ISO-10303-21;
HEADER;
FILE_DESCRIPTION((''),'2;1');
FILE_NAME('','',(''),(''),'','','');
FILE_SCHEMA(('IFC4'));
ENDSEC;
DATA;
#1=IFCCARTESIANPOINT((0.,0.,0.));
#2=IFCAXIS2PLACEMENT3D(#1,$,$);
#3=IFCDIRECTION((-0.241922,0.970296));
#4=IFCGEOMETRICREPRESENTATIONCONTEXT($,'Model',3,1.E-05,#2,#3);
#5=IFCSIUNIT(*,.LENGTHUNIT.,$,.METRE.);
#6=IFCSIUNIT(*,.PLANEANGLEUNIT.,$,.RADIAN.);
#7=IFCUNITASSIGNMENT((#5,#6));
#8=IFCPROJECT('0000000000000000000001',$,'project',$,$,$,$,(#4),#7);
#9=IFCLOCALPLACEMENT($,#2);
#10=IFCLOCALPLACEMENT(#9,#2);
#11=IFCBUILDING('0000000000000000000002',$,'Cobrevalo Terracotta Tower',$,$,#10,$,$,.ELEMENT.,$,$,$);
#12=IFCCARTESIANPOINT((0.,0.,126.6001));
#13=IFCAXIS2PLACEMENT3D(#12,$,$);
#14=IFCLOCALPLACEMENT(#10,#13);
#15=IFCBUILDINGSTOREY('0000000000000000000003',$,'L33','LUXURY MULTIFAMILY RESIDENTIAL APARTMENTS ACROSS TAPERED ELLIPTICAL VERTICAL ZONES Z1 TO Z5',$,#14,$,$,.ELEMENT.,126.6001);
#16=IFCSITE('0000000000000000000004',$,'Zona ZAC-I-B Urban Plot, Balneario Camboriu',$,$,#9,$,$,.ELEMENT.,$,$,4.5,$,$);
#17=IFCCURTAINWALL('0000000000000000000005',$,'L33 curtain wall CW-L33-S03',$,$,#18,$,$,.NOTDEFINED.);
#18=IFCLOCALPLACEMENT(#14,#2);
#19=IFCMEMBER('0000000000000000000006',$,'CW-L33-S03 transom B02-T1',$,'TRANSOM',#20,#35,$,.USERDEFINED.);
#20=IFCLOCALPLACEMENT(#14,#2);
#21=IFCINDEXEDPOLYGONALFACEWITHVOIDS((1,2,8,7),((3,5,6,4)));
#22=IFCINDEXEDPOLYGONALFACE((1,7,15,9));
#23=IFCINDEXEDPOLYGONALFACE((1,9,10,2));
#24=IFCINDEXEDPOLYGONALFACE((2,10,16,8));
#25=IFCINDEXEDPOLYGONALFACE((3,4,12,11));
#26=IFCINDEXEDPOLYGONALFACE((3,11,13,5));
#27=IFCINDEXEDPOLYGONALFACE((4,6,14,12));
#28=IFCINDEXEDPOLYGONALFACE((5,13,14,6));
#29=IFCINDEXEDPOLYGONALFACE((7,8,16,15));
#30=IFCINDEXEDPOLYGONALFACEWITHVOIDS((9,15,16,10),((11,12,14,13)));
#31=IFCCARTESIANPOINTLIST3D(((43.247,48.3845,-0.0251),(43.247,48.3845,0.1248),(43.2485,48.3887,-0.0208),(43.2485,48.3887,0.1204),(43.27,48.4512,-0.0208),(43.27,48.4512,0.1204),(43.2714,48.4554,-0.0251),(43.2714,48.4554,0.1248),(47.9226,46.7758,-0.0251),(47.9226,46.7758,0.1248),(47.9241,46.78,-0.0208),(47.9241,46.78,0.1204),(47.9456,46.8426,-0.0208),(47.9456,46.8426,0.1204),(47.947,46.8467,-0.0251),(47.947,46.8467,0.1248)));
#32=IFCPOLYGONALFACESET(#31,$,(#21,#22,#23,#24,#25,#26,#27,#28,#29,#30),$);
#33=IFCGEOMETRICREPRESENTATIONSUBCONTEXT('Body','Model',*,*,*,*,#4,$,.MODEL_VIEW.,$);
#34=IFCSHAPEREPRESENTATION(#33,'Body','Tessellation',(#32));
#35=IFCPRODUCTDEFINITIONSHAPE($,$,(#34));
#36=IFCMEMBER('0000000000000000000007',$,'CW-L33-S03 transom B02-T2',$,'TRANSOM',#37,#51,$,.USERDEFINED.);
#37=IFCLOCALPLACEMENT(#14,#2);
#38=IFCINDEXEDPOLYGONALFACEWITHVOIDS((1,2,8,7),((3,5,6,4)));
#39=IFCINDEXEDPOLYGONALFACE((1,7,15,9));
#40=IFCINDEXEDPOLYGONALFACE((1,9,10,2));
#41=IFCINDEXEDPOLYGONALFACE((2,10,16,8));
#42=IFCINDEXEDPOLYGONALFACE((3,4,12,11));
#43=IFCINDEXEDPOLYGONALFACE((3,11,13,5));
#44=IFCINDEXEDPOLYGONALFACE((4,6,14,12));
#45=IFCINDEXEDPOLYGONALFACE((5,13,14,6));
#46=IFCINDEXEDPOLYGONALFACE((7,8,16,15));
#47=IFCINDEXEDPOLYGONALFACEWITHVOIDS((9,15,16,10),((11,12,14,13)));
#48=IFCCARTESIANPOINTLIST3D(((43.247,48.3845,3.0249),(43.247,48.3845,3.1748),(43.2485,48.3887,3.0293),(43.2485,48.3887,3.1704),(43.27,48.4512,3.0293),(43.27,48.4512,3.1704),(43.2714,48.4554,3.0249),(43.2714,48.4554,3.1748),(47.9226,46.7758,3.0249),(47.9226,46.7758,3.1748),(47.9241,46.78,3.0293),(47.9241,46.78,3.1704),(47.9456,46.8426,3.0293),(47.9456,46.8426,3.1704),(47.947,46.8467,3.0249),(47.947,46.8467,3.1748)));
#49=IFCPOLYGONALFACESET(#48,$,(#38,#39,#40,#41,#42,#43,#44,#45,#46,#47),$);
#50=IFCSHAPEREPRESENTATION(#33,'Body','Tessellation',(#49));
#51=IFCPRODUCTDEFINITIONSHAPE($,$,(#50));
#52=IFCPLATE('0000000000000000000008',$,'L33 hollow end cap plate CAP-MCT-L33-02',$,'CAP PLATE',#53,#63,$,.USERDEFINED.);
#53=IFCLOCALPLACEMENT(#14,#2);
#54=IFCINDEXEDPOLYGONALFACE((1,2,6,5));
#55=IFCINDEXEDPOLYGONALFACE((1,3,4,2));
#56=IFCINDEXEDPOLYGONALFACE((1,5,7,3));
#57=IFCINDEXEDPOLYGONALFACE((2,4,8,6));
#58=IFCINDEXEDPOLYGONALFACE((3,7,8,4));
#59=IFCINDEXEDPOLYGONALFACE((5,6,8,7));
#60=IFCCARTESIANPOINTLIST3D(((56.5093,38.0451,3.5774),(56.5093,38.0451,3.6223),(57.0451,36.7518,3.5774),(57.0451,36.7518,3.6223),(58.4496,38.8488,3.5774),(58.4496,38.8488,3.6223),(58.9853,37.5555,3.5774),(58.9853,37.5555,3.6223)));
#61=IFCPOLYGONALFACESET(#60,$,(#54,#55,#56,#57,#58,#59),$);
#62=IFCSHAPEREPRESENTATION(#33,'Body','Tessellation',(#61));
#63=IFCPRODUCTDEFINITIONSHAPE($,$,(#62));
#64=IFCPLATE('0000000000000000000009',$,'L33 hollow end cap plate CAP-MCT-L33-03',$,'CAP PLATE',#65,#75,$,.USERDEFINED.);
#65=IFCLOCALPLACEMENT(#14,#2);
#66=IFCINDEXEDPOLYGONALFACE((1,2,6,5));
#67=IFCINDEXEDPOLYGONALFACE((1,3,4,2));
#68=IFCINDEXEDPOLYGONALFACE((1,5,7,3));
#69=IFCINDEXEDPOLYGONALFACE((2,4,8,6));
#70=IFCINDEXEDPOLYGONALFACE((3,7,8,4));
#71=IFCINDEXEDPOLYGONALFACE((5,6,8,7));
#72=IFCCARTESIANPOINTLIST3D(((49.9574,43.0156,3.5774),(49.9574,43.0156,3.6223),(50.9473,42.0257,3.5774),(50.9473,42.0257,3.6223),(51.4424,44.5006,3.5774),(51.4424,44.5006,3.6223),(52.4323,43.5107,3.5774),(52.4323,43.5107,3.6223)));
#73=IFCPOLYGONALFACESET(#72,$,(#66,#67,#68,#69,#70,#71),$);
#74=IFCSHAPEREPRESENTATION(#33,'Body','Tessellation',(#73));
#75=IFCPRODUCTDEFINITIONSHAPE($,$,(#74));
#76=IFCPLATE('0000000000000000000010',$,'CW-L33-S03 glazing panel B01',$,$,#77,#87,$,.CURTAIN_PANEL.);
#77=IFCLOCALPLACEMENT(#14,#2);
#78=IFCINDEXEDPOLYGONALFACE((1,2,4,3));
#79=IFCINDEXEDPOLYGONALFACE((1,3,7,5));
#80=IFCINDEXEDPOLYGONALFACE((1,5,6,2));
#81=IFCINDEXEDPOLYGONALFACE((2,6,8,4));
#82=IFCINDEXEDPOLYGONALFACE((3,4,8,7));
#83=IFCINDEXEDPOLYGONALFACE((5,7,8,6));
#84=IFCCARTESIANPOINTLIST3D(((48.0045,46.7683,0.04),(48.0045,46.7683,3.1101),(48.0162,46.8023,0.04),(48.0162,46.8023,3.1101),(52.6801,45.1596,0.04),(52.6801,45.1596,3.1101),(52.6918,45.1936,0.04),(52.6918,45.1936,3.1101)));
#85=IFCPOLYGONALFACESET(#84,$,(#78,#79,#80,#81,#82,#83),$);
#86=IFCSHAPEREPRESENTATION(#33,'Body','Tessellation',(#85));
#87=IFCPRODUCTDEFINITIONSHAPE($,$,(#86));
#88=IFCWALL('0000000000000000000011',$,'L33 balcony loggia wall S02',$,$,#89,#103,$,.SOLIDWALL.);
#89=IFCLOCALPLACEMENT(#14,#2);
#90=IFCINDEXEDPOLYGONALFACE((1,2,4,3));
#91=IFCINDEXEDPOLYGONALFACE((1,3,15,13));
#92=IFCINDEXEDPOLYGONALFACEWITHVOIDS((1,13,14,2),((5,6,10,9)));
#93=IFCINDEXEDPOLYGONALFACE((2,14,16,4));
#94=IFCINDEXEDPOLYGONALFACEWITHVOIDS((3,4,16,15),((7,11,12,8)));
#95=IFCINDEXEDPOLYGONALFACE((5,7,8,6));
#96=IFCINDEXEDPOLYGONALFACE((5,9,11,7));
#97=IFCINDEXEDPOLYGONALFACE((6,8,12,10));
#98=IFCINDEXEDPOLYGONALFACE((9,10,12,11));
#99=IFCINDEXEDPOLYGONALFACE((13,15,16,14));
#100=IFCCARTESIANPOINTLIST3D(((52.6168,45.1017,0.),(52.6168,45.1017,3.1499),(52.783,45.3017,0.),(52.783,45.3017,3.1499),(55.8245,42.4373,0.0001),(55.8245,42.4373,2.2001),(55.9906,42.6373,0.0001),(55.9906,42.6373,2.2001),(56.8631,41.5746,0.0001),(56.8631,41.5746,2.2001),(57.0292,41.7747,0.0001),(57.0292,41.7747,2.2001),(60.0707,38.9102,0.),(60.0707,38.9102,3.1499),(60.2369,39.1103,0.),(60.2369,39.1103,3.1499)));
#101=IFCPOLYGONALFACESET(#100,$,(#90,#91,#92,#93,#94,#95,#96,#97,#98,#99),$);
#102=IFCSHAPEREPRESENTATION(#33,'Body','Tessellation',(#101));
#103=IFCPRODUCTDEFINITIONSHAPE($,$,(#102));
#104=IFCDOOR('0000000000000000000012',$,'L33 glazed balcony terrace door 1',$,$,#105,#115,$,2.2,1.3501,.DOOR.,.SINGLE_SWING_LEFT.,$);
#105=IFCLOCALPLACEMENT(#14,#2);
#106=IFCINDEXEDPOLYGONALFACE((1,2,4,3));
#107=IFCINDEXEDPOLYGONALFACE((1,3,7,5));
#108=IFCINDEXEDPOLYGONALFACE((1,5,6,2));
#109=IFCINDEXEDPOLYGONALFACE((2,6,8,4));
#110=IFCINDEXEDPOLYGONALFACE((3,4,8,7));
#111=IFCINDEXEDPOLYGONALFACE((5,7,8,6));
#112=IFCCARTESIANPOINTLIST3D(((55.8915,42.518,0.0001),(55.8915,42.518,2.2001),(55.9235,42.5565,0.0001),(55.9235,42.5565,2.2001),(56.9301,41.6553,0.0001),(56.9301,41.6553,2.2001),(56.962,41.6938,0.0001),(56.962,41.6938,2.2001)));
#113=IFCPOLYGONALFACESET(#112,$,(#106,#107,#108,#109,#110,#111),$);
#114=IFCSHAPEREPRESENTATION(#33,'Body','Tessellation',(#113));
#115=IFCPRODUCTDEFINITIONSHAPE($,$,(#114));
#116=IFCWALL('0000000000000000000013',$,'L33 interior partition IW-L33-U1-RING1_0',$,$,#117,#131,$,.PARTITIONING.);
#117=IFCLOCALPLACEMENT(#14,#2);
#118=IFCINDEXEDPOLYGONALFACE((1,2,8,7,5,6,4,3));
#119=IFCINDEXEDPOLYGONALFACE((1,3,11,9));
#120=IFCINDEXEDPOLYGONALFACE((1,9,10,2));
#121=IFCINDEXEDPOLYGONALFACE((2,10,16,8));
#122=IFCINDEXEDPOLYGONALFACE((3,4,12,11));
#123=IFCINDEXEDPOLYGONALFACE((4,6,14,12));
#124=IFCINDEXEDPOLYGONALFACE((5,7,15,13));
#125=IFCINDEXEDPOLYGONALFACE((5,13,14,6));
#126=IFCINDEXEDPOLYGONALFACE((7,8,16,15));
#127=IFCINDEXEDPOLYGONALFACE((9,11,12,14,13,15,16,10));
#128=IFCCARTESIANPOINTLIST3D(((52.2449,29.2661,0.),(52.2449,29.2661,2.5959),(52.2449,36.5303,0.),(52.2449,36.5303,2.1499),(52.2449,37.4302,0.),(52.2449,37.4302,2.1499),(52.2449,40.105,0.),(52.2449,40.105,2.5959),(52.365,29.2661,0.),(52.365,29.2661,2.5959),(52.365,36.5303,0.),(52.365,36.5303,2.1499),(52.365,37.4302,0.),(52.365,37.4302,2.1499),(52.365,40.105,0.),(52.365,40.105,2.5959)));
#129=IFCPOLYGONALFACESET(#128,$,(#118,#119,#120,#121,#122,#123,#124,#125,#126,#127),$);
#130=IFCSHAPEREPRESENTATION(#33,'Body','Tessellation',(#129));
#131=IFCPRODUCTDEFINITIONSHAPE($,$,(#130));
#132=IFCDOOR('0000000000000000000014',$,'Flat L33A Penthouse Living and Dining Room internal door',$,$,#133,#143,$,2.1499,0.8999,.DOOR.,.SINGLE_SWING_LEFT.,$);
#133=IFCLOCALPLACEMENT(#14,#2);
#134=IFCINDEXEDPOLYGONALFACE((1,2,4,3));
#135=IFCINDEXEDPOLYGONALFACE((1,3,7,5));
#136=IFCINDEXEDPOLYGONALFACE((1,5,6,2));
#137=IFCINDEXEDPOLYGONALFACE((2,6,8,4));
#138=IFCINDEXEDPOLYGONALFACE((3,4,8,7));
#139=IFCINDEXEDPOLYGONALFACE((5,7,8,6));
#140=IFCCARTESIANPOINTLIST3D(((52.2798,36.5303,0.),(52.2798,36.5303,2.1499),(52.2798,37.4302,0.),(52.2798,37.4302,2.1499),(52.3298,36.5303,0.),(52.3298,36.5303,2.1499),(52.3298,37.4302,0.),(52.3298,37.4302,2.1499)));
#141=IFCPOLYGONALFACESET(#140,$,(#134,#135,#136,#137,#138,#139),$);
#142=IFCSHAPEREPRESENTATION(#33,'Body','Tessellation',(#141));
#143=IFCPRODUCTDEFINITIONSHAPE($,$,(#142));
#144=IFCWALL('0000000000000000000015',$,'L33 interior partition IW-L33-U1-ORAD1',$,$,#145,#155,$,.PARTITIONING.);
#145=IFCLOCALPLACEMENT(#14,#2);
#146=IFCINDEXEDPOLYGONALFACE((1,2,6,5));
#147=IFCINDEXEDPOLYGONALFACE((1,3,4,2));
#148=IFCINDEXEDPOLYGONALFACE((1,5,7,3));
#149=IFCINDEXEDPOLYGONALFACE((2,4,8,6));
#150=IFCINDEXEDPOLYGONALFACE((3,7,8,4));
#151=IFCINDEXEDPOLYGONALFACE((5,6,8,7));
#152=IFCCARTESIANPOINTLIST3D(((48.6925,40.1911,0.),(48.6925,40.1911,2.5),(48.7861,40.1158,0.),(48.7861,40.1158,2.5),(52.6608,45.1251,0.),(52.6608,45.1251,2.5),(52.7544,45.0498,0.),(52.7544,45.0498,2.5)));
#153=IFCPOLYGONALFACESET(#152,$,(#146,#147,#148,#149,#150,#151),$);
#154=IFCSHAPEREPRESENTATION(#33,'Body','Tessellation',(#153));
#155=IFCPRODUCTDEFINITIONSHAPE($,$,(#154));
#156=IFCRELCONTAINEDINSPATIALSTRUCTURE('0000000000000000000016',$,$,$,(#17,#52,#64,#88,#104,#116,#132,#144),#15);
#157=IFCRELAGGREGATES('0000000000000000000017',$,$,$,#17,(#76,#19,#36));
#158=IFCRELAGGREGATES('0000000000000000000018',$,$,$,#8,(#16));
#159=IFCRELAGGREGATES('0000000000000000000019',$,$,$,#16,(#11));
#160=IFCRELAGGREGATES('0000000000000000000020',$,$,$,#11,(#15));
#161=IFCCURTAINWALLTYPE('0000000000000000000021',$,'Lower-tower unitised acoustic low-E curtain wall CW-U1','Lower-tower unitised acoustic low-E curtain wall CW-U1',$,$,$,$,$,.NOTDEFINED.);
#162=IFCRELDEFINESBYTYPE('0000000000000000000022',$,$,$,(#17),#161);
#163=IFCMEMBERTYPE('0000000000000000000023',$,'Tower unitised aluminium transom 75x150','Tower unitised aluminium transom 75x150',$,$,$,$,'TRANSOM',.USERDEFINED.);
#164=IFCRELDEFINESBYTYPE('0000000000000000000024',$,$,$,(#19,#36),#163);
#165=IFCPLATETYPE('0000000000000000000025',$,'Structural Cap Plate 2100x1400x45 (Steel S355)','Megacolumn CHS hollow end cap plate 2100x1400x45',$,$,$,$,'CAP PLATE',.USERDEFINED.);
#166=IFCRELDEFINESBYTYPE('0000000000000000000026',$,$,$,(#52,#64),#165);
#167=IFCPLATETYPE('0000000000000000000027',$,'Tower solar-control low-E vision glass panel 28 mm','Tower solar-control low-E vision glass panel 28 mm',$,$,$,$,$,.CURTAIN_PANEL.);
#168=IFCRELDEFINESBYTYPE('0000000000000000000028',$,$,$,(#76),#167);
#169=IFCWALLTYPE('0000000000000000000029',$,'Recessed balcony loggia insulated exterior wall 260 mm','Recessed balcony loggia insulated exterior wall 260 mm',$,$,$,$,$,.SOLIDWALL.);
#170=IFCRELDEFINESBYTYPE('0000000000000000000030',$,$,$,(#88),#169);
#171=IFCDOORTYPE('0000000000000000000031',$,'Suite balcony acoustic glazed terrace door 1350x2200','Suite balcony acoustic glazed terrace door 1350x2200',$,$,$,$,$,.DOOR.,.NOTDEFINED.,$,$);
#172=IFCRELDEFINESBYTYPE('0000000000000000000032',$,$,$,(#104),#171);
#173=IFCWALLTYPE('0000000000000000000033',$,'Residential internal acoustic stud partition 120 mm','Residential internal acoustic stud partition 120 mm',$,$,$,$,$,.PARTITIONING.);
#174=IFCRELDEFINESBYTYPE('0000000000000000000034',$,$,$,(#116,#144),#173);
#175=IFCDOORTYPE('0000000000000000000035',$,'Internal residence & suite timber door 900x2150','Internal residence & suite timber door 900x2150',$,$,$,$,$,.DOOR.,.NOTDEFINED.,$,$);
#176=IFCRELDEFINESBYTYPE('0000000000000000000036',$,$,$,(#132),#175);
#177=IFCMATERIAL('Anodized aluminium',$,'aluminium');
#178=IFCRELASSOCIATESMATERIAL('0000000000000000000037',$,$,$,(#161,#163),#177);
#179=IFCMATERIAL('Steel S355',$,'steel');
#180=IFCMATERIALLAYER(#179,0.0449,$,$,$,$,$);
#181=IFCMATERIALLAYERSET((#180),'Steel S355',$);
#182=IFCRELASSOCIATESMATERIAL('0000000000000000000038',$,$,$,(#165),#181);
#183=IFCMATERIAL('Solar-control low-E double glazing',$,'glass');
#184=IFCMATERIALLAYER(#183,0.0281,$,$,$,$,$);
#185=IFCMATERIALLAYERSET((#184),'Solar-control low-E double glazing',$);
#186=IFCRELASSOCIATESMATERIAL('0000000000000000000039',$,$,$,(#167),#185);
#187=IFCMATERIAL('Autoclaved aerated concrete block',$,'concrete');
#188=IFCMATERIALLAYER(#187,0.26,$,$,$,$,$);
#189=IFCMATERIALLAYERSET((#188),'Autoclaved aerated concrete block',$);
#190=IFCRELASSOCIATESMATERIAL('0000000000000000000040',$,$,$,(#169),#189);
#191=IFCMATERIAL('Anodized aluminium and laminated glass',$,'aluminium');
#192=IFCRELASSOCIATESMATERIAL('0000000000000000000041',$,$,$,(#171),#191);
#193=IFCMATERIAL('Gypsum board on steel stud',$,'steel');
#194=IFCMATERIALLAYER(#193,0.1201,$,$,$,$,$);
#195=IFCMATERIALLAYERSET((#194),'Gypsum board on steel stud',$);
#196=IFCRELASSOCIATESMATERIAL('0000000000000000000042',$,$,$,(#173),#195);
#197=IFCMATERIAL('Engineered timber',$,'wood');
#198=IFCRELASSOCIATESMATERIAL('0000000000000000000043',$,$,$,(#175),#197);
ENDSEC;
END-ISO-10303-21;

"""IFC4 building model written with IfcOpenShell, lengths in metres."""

from ifc_helpers import new_model, si_unit, direction, frame, frame_2d, origin, origin_2d, place, context, subcontext, project, spatial, rectangle, hollow_rectangle, extrude, source, transform, mapped, material, layer, layer_set, material_profile, profile_set, type_object, element, fill, aggregate, save


model = new_model("IFC4")

# Units and contexts
model_context = context("Model", 3, precision=1e-05, world=origin(), true_north=direction((-0.241922, 0.970296)))
body_context = subcontext(model_context, "Body", "Model", "MODEL_VIEW")
ifc_project = project(units=[si_unit("LENGTHUNIT", "METRE"), si_unit("PLANEANGLEUNIT", "RADIAN")], contexts=[model_context])

# Site, building, storey
site_placement = place(None, origin())
site = spatial("IfcSite", under=ifc_project, at=site_placement, Name="Zona ZAC-I-B Urban Plot, Balneario Camboriu", CompositionType="ELEMENT", RefElevation=4.5)
building_placement = place(site_placement, origin())
building = spatial("IfcBuilding", under=site, at=building_placement, Name="Cobrevalo Terracotta Tower", CompositionType="ELEMENT")
storey_placement = place(building_placement, frame((0.0, 0.0, 126.6001)))
storey = spatial("IfcBuildingStorey", under=building, at=storey_placement, Name="L33", Description="LUXURY MULTIFAMILY RESIDENTIAL APARTMENTS ACROSS TAPERED ELLIPTICAL VERTICAL ZONES Z1 TO Z5", CompositionType="ELEMENT", Elevation=126.6001)

# Shared definitions
ifc_material_1 = material(Name="Steel S355", Category="steel")

# Curtain wall, members
ifc_material_2 = material(Name="Anodized aluminium", Category="aluminium")
curtain_wall_type = type_object("IfcCurtainWallType", Name="Lower-tower unitised acoustic low-E curtain wall CW-U1", Description="Lower-tower unitised acoustic low-E curtain wall CW-U1", PredefinedType="NOTDEFINED", material=ifc_material_2)
curtain_wall_placement = place(storey_placement, origin())
curtain_wall = element("IfcCurtainWall", 1, at=curtain_wall_placement, inside=storey, type_object=curtain_wall_type, Name="L33 curtain wall CW-L33-S03", PredefinedType="NOTDEFINED")
ifc_material_profile_1 = material_profile(ifc_material_2, hollow_rectangle(XDim=0.075, YDim=0.1499, WallThickness=0.0044, at=origin_2d()), Name="CWT 75x150")
ifc_profile_set_1 = profile_set([ifc_material_profile_1], Name="Anodized aluminium")
member_type_1 = type_object("IfcMemberType", Name="Tower unitised aluminium transom 75x150", Description="Tower unitised aluminium transom 75x150", ElementType="TRANSOM", PredefinedType="USERDEFINED", material=ifc_profile_set_1)
shared_shape_1 = source(origin(), body_context, "Body", "SweptSolid", [
    extrude(hollow_rectangle(XDim=0.075, YDim=0.1499, WallThickness=0.0044, at=origin_2d()), origin(), (0.0, 0.0, 1.0), 4.9446),
])
member_1_placement = place(storey_placement, frame((47.9348, 46.8113, 0.0498), z_axis=(-0.945598, 0.325338, 0.0), x_axis=(-0.325338, -0.945598, 0.0)))
member_1 = element("IfcMember", 2, at=member_1_placement, type_object=member_type_1, Name="CW-L33-S03 transom B02-T1", ObjectType="TRANSOM", PredefinedType="USERDEFINED", context=body_context, shape_type="MappedRepresentation", body=[
    mapped(shared_shape_1, transform((0.0, 0.0, 0.0), scale=1.0)),
])
member_2_placement = place(storey_placement, frame((47.9348, 46.8113, 3.0999), z_axis=(-0.945598, 0.325338, 0.0), x_axis=(-0.325338, -0.945598, 0.0)))
member_2 = element("IfcMember", 3, at=member_2_placement, type_object=member_type_1, Name="CW-L33-S03 transom B02-T2", ObjectType="TRANSOM", PredefinedType="USERDEFINED", context=body_context, shape_type="MappedRepresentation", body=[
    mapped(shared_shape_1, transform((0.0, 0.0, 0.0), scale=1.0)),
])

# Plates
ifc_layer_1 = layer(ifc_material_1, 0.0449)
ifc_layer_set_1 = layer_set([ifc_layer_1], Name="Steel S355")
plate_type_1 = type_object("IfcPlateType", Name="Structural Cap Plate 2100x1400x45 (Steel S355)", Description="Megacolumn CHS hollow end cap plate 2100x1400x45", ElementType="CAP PLATE", PredefinedType="USERDEFINED", material=ifc_layer_set_1)
shared_shape_2 = source(origin(), body_context, "Body", "SweptSolid", [
    extrude(rectangle(XDim=2.1001, YDim=1.3999, at=origin_2d()), origin(), (0.0, 0.0, 1.0), 0.0449),
])
for number, where, z_axis, x_axis, name in (
    (4, (57.7473, 37.8003, 3.5774), (0.0, 0.0, 1.0), (0.92388, 0.382683, 0.0), "L33 hollow end cap plate CAP-MCT-L33-02"),
    (5, (51.1948, 43.2632, 3.5774), (0.0, 0.0, 1.0), (0.707107, 0.707107, 0.0), "L33 hollow end cap plate CAP-MCT-L33-03"),
):
    element("IfcPlate", number, at=place(storey_placement, frame(where, z_axis=z_axis, x_axis=x_axis)), inside=storey, type_object=plate_type_1, Name=name, ObjectType="CAP PLATE", PredefinedType="USERDEFINED", context=body_context, shape_type="MappedRepresentation", body=[
        mapped(shared_shape_2, transform((0.0, 0.0, 0.0), scale=1.0)),
    ])

# Plate
ifc_material_3 = material(Name="Solar-control low-E double glazing", Category="glass")
ifc_layer_2 = layer(ifc_material_3, 0.0281)
ifc_layer_set_2 = layer_set([ifc_layer_2], Name="Solar-control low-E double glazing")
plate_type_2 = type_object("IfcPlateType", Name="Tower solar-control low-E vision glass panel 28 mm", Description="Tower solar-control low-E vision glass panel 28 mm", PredefinedType="CURTAIN_PANEL", material=ifc_layer_set_2)
shared_shape_3 = source(origin(), body_context, "Body", "SweptSolid", [
    extrude(rectangle(XDim=4.9446, YDim=0.0359, at=origin_2d()), origin(), (0.0, 0.0, 1.0), 3.0701),
])
plate_placement = place(storey_placement, frame((50.3481, 45.981, 0.04), z_axis=(0.0, 0.0, 1.0), x_axis=(-0.945596, 0.325342, 0.0)))
plate = element("IfcPlate", 6, at=plate_placement, type_object=plate_type_2, Name="CW-L33-S03 glazing panel B01", PredefinedType="CURTAIN_PANEL", context=body_context, shape_type="MappedRepresentation", body=[
    mapped(shared_shape_3, transform((0.0, 0.0, 0.0), scale=1.0)),
])
aggregate(curtain_wall, [plate, member_1, member_2])

# Walls, openings, doors
ifc_material_4 = material(Name="Autoclaved aerated concrete block", Category="concrete")
ifc_layer_3 = layer(ifc_material_4, 0.26)
ifc_layer_set_3 = layer_set([ifc_layer_3], Name="Autoclaved aerated concrete block")
wall_type_1 = type_object("IfcWallType", Name="Recessed balcony loggia insulated exterior wall 260 mm", Description="Recessed balcony loggia insulated exterior wall 260 mm", PredefinedType="SOLIDWALL", material=ifc_layer_set_3)
wall_1_placement = place(storey_placement, frame((60.1538, 39.0103, 0.0), z_axis=(0.0, 0.0, 1.0), x_axis=(-0.769243, 0.638957, 0.0)))
wall_1 = element("IfcWall", 7, at=wall_1_placement, inside=storey, type_object=wall_type_1, Name="L33 balcony loggia wall S02", PredefinedType="SOLIDWALL", context=body_context, shape_type="SweptSolid", body=[
    extrude(rectangle(XDim=9.6899, YDim=0.26, at=frame_2d((4.845, 0.0))), origin(), (0.0, 0.0, 1.0), 3.1499),
])
opening_1_placement = place(wall_1_placement, frame((4.1699, 0.0, 0.0)))
opening_1 = element("IfcOpeningElement", 8, at=opening_1_placement, cuts=wall_1, PredefinedType="OPENING", context=body_context, shape_type="SweptSolid", body=[
    extrude(rectangle(XDim=1.3501, YDim=2.2, at=frame_2d((0.675, 1.1001))), frame((0.0, 0.1401, 0.0), z_axis=(0.0, -1.0, 0.0), x_axis=(1.0, 0.0, 0.0)), (0.0, 0.0, 1.0), 0.28),
])
ifc_material_5 = material(Name="Anodized aluminium and laminated glass", Category="aluminium")
door_type_1 = type_object("IfcDoorType", Name="Suite balcony acoustic glazed terrace door 1350x2200", Description="Suite balcony acoustic glazed terrace door 1350x2200", OperationType="NOTDEFINED", PredefinedType="DOOR", material=ifc_material_5)
shared_shape_4 = source(origin(), body_context, "Body", "SweptSolid", [
    extrude(rectangle(XDim=1.3501, YDim=2.2, at=frame_2d((0.675, 1.1001))), frame((0.0, 0.0249, 0.0), z_axis=(0.0, -1.0, 0.0), x_axis=(1.0, 0.0, 0.0)), (0.0, 0.0, 1.0), 0.05),
])
door_1_placement = place(opening_1_placement, frame((1.3501, 0.0, 0.0), z_axis=(0.0, 0.0, 1.0), x_axis=(-1.0, 0.0, 0.0)))
door_1 = element("IfcDoor", 9, at=door_1_placement, inside=storey, type_object=door_type_1, Name="L33 glazed balcony terrace door 1", OperationType="SINGLE_SWING_LEFT", OverallHeight=2.2, OverallWidth=1.3501, PredefinedType="DOOR", context=body_context, shape_type="MappedRepresentation", body=[
    mapped(shared_shape_4, transform((0.0, 0.0, 0.0), scale=1.0)),
])
fill(opening_1, door_1)
ifc_material_6 = material(Name="Gypsum board on steel stud", Category="steel")
ifc_layer_4 = layer(ifc_material_6, 0.1201)
ifc_layer_set_4 = layer_set([ifc_layer_4], Name="Gypsum board on steel stud")
wall_type_2 = type_object("IfcWallType", Name="Residential internal acoustic stud partition 120 mm", Description="Residential internal acoustic stud partition 120 mm", PredefinedType="PARTITIONING", material=ifc_layer_set_4)
wall_2_placement = place(storey_placement, frame((52.3049, 40.105, 0.0), z_axis=(0.0, 0.0, 1.0), x_axis=(0.0, -1.0, 0.0)))
wall_2 = element("IfcWall", 10, at=wall_2_placement, inside=storey, type_object=wall_type_2, Name="L33 interior partition IW-L33-U1-RING1_0", PredefinedType="PARTITIONING", context=body_context, shape_type="SweptSolid", body=[
    extrude(rectangle(XDim=10.8389, YDim=0.1201, at=frame_2d((5.4194, 0.0))), origin(), (0.0, 0.0, 1.0), 2.5959),
])
opening_2_placement = place(wall_2_placement, frame((2.6748, 0.0, 0.0)))
opening_2 = element("IfcOpeningElement", 11, at=opening_2_placement, cuts=wall_2, PredefinedType="OPENING", context=body_context, shape_type="SweptSolid", body=[
    extrude(rectangle(XDim=0.8999, YDim=2.1499, at=frame_2d((0.45, 1.075))), frame((0.0, 0.0701, 0.0), z_axis=(0.0, -1.0, 0.0), x_axis=(1.0, 0.0, 0.0)), (0.0, 0.0, 1.0), 0.1401),
])
ifc_material_7 = material(Name="Engineered timber", Category="wood")
door_type_2 = type_object("IfcDoorType", Name="Internal residence & suite timber door 900x2150", Description="Internal residence & suite timber door 900x2150", OperationType="NOTDEFINED", PredefinedType="DOOR", material=ifc_material_7)
shared_shape_5 = source(origin(), body_context, "Body", "SweptSolid", [
    extrude(rectangle(XDim=0.8999, YDim=2.1499, at=frame_2d((0.45, 1.075))), frame((0.0, 0.0249, 0.0), z_axis=(0.0, -1.0, 0.0), x_axis=(1.0, 0.0, 0.0)), (0.0, 0.0, 1.0), 0.05),
])
door_2_placement = place(opening_2_placement, origin())
door_2 = element("IfcDoor", 12, at=door_2_placement, inside=storey, type_object=door_type_2, Name="Flat L33A Penthouse Living and Dining Room internal door", OperationType="SINGLE_SWING_LEFT", OverallHeight=2.1499, OverallWidth=0.8999, PredefinedType="DOOR", context=body_context, shape_type="MappedRepresentation", body=[
    mapped(shared_shape_5, transform((0.0, 0.0, 0.0), scale=1.0)),
])
fill(opening_2, door_2)

# Wall
wall_3_placement = place(storey_placement, frame((48.7393, 40.1533, 0.0), z_axis=(0.0, 0.0, 1.0), x_axis=(0.626715, 0.779249, 0.0)))
element("IfcWall", 13, at=wall_3_placement, inside=storey, type_object=wall_type_2, Name="L33 interior partition IW-L33-U1-ORAD1", PredefinedType="PARTITIONING", context=body_context, shape_type="SweptSolid", body=[
    extrude(rectangle(XDim=6.3318, YDim=0.1201, at=frame_2d((3.166, 0.0))), origin(), (0.0, 0.0, 1.0), 2.5),
])

save(model, "model.ifc")
